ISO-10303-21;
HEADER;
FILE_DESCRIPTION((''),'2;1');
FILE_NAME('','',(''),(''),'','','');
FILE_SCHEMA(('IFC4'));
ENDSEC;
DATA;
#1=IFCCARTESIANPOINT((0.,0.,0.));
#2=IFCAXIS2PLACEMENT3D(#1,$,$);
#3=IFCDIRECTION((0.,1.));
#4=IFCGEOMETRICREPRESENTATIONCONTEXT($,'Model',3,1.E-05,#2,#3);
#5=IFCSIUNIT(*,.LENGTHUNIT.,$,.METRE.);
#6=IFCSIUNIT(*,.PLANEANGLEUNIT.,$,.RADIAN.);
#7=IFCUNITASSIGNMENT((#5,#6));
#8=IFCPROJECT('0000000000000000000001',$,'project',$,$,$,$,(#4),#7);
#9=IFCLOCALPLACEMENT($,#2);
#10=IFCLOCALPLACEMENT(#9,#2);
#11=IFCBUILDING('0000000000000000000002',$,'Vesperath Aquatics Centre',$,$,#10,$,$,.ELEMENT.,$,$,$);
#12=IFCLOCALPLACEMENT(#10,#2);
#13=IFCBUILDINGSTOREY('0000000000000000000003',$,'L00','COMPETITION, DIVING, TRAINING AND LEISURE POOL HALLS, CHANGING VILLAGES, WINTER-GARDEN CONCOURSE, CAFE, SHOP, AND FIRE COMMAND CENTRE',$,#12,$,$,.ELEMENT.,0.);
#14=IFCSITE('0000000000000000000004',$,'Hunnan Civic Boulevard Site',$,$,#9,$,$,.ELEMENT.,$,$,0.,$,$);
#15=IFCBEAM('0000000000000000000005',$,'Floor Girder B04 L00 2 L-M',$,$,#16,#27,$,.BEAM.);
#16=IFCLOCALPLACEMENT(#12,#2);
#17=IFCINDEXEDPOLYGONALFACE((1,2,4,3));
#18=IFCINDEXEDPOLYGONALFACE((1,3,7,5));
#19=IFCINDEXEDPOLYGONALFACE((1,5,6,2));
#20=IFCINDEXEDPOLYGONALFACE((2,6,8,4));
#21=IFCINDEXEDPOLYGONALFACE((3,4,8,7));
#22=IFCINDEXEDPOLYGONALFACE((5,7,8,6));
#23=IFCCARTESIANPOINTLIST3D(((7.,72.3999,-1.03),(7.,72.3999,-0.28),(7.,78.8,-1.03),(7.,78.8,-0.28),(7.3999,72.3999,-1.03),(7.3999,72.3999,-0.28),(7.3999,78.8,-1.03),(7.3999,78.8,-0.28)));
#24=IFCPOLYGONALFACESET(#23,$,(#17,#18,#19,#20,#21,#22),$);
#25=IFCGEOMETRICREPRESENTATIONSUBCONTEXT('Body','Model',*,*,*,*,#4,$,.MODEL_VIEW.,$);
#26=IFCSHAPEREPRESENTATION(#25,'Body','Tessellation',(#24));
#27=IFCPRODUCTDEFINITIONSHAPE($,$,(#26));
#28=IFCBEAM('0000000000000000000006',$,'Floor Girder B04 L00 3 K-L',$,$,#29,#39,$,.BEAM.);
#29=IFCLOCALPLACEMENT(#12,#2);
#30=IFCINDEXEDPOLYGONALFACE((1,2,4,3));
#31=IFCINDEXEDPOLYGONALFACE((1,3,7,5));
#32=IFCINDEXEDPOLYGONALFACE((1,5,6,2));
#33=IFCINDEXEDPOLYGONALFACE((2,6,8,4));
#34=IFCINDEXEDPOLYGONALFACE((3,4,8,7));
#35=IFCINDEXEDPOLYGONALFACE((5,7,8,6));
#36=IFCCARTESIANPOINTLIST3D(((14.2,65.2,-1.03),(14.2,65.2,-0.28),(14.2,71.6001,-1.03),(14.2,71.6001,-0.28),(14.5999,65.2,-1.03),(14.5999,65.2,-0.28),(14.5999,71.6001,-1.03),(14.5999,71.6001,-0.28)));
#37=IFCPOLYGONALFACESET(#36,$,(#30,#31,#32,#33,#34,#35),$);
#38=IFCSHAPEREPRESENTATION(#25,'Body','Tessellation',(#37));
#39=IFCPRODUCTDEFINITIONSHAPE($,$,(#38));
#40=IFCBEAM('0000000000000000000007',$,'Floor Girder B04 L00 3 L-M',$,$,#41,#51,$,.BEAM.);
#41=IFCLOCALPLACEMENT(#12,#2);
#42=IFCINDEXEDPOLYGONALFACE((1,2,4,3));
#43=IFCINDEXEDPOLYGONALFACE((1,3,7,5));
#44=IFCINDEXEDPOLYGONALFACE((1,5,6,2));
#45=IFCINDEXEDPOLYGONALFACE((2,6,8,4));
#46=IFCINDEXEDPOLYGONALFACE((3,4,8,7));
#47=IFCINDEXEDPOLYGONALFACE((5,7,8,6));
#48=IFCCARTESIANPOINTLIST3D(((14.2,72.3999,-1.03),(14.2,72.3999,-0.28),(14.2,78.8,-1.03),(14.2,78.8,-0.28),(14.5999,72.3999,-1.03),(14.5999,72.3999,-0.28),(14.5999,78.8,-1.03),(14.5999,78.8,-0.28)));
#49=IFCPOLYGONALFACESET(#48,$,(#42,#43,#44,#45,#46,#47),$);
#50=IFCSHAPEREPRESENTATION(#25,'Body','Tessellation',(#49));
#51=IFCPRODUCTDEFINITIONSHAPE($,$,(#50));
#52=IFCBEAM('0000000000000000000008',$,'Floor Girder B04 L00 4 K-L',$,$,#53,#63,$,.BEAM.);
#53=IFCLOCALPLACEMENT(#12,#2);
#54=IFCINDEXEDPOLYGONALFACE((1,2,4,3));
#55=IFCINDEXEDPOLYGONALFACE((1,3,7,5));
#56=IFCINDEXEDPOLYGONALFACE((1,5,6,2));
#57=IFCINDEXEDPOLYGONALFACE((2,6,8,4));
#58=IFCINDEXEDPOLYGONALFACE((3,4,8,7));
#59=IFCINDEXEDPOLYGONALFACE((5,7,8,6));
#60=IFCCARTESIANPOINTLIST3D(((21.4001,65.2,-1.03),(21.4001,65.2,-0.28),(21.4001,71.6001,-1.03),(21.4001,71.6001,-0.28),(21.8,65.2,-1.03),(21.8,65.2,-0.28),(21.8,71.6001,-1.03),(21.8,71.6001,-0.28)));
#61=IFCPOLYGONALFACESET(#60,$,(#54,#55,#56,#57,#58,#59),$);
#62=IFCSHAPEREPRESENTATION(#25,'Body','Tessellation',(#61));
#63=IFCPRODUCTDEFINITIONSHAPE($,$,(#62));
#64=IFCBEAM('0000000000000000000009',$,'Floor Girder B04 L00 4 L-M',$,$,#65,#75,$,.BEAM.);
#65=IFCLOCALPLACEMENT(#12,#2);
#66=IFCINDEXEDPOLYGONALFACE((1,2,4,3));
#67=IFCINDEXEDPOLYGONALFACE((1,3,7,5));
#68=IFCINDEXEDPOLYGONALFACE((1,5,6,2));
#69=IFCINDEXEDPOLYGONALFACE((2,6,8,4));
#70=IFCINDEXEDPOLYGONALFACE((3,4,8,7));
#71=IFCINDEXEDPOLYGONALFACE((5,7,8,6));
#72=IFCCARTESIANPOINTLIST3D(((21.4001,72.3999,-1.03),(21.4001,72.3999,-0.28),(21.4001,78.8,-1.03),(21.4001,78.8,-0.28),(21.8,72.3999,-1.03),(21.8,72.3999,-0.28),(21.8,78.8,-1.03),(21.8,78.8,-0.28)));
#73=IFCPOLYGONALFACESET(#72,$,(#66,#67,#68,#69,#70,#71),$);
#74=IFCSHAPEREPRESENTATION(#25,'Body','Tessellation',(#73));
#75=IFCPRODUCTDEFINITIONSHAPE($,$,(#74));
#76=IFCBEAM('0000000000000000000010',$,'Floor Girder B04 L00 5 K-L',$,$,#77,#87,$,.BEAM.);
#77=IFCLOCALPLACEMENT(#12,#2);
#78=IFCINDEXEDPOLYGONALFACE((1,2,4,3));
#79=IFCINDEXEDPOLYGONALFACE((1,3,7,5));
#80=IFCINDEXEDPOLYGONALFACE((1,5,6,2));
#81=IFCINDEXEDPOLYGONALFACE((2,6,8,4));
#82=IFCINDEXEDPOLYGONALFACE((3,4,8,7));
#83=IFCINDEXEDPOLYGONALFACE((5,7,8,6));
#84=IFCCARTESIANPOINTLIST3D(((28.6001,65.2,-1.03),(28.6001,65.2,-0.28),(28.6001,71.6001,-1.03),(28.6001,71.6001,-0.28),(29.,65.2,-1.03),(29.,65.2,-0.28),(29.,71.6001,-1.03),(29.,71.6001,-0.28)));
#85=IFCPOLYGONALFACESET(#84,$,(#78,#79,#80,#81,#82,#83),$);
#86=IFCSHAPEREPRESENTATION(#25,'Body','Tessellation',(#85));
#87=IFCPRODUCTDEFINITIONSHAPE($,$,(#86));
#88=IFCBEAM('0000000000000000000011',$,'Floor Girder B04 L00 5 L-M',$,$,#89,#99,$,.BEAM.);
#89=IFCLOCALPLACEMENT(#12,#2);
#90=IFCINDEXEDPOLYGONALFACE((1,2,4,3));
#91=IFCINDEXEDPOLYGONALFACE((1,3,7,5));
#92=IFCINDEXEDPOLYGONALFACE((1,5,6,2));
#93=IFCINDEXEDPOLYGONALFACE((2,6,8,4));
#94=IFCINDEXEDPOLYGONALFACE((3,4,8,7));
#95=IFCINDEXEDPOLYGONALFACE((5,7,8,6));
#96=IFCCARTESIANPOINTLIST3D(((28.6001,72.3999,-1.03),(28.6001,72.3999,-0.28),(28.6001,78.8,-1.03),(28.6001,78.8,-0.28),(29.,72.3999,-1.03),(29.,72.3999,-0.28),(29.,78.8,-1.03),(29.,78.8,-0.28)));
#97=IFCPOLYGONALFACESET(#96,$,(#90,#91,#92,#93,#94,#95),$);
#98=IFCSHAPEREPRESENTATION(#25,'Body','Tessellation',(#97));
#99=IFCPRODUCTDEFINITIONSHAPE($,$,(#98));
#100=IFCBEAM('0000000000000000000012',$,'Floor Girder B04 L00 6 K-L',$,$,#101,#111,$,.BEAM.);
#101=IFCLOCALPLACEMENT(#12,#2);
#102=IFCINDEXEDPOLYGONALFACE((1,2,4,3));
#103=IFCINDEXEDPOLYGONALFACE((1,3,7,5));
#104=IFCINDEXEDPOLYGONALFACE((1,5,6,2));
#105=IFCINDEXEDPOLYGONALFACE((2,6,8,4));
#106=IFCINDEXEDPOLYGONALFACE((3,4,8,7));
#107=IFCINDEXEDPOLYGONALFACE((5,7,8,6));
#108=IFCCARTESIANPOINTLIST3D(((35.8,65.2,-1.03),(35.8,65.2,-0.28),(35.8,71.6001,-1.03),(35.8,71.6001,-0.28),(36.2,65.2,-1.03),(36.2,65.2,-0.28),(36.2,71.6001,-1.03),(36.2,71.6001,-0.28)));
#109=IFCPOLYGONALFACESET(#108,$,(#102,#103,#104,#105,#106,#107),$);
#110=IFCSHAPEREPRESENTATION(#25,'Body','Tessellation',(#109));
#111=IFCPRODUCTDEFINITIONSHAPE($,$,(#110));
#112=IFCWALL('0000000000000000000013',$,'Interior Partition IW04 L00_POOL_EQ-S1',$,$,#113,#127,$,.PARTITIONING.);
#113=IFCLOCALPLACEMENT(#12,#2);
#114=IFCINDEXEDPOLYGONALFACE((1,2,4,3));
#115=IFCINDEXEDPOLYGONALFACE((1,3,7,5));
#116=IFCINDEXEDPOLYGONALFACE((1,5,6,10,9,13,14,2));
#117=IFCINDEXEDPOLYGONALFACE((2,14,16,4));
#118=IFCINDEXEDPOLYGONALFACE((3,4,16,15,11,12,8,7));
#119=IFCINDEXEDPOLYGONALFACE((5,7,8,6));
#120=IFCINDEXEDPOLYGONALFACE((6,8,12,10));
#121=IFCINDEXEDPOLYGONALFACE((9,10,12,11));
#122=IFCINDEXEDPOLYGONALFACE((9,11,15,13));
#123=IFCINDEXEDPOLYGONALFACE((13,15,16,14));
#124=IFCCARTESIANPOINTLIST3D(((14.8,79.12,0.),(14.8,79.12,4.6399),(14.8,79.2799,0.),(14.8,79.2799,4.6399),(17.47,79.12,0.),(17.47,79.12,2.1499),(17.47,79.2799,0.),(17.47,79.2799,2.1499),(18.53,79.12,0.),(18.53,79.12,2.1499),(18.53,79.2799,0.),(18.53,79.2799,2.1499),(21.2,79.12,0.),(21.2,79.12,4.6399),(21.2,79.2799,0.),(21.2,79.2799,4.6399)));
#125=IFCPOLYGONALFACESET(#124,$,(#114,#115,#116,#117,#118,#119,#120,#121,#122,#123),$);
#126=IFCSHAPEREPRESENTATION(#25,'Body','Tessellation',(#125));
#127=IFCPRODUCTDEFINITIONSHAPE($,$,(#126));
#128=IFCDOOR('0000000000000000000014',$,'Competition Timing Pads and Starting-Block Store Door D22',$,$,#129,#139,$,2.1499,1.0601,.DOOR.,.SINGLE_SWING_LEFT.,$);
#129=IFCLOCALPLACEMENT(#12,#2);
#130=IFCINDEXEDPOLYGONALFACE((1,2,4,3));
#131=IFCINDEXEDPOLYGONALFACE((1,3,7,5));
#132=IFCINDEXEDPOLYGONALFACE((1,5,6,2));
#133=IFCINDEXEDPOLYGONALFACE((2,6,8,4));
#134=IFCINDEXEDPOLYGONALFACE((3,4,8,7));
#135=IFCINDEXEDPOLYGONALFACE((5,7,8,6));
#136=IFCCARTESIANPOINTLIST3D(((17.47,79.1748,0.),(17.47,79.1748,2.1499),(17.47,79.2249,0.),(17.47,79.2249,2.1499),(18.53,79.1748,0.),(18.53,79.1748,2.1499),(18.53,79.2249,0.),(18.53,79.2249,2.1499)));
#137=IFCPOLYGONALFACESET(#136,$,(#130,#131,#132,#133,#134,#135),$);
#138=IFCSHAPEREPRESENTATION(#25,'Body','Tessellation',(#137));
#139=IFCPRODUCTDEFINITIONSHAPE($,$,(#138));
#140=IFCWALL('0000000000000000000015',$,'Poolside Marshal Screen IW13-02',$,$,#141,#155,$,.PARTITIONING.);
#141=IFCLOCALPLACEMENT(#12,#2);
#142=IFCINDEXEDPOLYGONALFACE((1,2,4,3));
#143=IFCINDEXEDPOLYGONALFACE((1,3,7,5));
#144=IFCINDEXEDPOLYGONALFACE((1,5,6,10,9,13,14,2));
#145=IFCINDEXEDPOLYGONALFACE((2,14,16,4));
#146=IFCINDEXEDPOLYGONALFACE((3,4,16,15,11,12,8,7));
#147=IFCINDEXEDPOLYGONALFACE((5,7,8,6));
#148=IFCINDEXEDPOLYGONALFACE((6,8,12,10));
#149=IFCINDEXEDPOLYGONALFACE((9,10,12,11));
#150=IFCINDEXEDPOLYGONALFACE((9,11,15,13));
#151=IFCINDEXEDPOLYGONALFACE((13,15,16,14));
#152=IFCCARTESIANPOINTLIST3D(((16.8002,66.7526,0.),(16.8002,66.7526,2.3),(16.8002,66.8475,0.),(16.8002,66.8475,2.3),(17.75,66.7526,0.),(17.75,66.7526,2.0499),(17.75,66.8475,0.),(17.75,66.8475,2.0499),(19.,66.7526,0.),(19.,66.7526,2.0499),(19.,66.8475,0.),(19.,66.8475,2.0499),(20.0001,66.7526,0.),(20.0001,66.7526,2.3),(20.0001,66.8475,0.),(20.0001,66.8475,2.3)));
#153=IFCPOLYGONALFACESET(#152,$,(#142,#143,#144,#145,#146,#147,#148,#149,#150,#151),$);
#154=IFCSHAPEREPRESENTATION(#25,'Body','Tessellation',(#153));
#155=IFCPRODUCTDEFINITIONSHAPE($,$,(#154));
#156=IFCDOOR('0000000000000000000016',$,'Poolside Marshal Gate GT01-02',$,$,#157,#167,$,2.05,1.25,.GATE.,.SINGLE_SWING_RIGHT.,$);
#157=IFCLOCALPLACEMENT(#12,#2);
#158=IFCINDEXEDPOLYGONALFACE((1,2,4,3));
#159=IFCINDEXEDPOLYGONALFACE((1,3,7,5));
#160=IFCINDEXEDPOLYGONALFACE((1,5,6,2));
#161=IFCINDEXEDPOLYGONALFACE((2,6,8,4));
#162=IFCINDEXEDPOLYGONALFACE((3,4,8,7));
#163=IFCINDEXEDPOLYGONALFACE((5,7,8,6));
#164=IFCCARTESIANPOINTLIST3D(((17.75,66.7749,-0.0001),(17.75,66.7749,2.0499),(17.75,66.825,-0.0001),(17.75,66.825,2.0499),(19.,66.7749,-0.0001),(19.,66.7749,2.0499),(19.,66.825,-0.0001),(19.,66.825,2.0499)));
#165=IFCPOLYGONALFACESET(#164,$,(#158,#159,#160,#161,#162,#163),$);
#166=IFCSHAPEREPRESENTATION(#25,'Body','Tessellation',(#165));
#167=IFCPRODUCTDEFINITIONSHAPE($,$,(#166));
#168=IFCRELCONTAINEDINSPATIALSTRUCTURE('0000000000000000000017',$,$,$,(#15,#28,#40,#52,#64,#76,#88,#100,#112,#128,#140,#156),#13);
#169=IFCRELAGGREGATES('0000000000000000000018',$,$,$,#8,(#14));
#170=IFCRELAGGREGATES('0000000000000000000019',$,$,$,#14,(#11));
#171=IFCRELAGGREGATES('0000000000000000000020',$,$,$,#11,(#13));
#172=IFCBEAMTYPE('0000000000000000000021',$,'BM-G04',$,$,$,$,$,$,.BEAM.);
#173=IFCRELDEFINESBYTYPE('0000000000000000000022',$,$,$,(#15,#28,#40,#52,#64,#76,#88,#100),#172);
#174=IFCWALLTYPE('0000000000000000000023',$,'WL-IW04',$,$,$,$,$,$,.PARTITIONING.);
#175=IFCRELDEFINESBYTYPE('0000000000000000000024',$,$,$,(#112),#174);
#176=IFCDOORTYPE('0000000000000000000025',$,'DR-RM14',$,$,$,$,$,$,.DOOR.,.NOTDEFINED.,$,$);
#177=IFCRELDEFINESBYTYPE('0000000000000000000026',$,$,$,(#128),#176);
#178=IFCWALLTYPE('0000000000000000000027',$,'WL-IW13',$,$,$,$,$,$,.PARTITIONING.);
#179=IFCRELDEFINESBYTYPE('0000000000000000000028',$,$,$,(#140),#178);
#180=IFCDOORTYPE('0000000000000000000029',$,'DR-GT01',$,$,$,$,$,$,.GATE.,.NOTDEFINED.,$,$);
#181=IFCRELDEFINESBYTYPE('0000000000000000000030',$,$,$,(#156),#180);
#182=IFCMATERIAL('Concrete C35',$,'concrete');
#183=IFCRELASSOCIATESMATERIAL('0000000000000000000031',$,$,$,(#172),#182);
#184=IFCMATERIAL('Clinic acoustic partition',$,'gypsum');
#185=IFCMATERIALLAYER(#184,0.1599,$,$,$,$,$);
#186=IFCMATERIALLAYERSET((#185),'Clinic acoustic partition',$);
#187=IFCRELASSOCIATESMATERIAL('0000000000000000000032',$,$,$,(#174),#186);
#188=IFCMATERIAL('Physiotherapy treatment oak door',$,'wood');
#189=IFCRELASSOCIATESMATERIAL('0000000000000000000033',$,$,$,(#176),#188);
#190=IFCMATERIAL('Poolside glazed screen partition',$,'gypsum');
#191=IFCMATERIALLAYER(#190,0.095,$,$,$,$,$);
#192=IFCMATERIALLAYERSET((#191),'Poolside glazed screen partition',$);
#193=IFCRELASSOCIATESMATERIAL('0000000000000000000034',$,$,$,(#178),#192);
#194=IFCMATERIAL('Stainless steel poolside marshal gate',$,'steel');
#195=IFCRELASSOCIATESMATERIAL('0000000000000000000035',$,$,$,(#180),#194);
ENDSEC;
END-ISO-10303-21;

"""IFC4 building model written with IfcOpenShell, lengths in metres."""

from ifc_helpers import new_model, si_unit, direction, frame, frame_2d, origin, origin_2d, place, context, subcontext, project, spatial, rectangle, extrude, material, layer, layer_set, material_profile, profile_set, type_object, element, fill, save


model = new_model("IFC4")

# Units and contexts
model_context = context("Model", 3, precision=1e-05, world=origin(), true_north=direction((0.0, 1.0)))
body_context = subcontext(model_context, "Body", "Model", "MODEL_VIEW")
ifc_project = project(units=[si_unit("LENGTHUNIT", "METRE"), si_unit("PLANEANGLEUNIT", "RADIAN")], contexts=[model_context])

# Site, building, storey
site_placement = place(None, origin())
site = spatial("IfcSite", under=ifc_project, at=site_placement, Name="Hunnan Civic Boulevard Site", CompositionType="ELEMENT", RefElevation=0.0)
building_placement = place(site_placement, origin())
building = spatial("IfcBuilding", under=site, at=building_placement, Name="Vesperath Aquatics Centre", CompositionType="ELEMENT")
storey_placement = place(building_placement, origin())
storey = spatial("IfcBuildingStorey", under=building, at=storey_placement, Name="L00", Description="COMPETITION, DIVING, TRAINING AND LEISURE POOL HALLS, CHANGING VILLAGES, WINTER-GARDEN CONCOURSE, CAFE, SHOP, AND FIRE COMMAND CENTRE", CompositionType="ELEMENT", Elevation=0.0)

# Shared definitions
ifc_material_1 = material(Name="Concrete C35", Category="concrete")

# Beams
ifc_material_profile_1 = material_profile(ifc_material_1, rectangle(XDim=0.3999, YDim=0.75, at=origin_2d()), Name="RC 400x750")
ifc_profile_set_1 = profile_set([ifc_material_profile_1], Name="Concrete C35")
beam_type_1 = type_object("IfcBeamType", Name="BM-G04", PredefinedType="BEAM", material=ifc_profile_set_1)
for number, where, z_axis, x_axis, name in (
    (1, (7.2, 72.3999, -0.655), (0.0, 1.0, 0.0), (-1.0, 0.0, 0.0), "Floor Girder B04 L00 2 L-M"),
    (2, (14.3999, 65.2, -0.655), (0.0, 1.0, 0.0), (-1.0, 0.0, 0.0), "Floor Girder B04 L00 3 K-L"),
    (3, (14.3999, 72.3999, -0.655), (0.0, 1.0, 0.0), (-1.0, 0.0, 0.0), "Floor Girder B04 L00 3 L-M"),
    (4, (21.6001, 65.2, -0.655), (0.0, 1.0, 0.0), (-1.0, 0.0, 0.0), "Floor Girder B04 L00 4 K-L"),
    (5, (21.6001, 72.3999, -0.655), (0.0, 1.0, 0.0), (-1.0, 0.0, 0.0), "Floor Girder B04 L00 4 L-M"),
    (6, (28.8, 65.2, -0.655), (0.0, 1.0, 0.0), (-1.0, 0.0, 0.0), "Floor Girder B04 L00 5 K-L"),
    (7, (28.8, 72.3999, -0.655), (0.0, 1.0, 0.0), (-1.0, 0.0, 0.0), "Floor Girder B04 L00 5 L-M"),
    (8, (36.0, 65.2, -0.655), (0.0, 1.0, 0.0), (-1.0, 0.0, 0.0), "Floor Girder B04 L00 6 K-L"),
):
    element("IfcBeam", number, at=place(storey_placement, frame(where, z_axis=z_axis, x_axis=x_axis)), inside=storey, type_object=beam_type_1, Name=name, PredefinedType="BEAM", context=body_context, shape_type="SweptSolid", body=[
        extrude(rectangle(XDim=0.3999, YDim=0.75, at=origin_2d()), origin(), (0.0, 0.0, 1.0), 6.4001),
    ])

# Walls, openings, doors
ifc_material_2 = material(Name="Clinic acoustic partition", Category="gypsum")
ifc_layer_1 = layer(ifc_material_2, 0.1599)
ifc_layer_set_1 = layer_set([ifc_layer_1], Name="Clinic acoustic partition")
wall_type_1 = type_object("IfcWallType", Name="WL-IW04", PredefinedType="PARTITIONING", material=ifc_layer_set_1)
wall_1_placement = place(storey_placement, frame((14.8, 79.2, 0.0), z_axis=(0.0, 0.0, 1.0), x_axis=(1.0, 0.0, 0.0)))
wall_1 = element("IfcWall", 9, at=wall_1_placement, inside=storey, type_object=wall_type_1, Name="Interior Partition IW04 L00_POOL_EQ-S1", PredefinedType="PARTITIONING", context=body_context, shape_type="SweptSolid", body=[
    extrude(rectangle(XDim=6.3999, YDim=0.1599, at=frame_2d((3.2, 0.0))), origin(), (0.0, 0.0, 1.0), 4.6399),
])
opening_1_placement = place(wall_1_placement, frame((2.6699, 0.0, 0.0)))
opening_1 = element("IfcOpeningElement", 10, at=opening_1_placement, cuts=wall_1, PredefinedType="OPENING", context=body_context, shape_type="SweptSolid", body=[
    extrude(rectangle(XDim=1.0601, YDim=2.1499, at=frame_2d((0.53, 1.075))), frame((0.0, 0.0947, 0.0), z_axis=(0.0, -1.0, 0.0), x_axis=(1.0, 0.0, 0.0)), (0.0, 0.0, 1.0), 0.1897),
])
ifc_material_3 = material(Name="Physiotherapy treatment oak door", Category="wood")
door_type_1 = type_object("IfcDoorType", Name="DR-RM14", OperationType="NOTDEFINED", PredefinedType="DOOR", material=ifc_material_3)
door_1_placement = place(opening_1_placement, origin())
door_1 = element("IfcDoor", 11, at=door_1_placement, inside=storey, type_object=door_type_1, Name="Competition Timing Pads and Starting-Block Store Door D22", OperationType="SINGLE_SWING_LEFT", OverallHeight=2.1499, OverallWidth=1.0601, PredefinedType="DOOR", context=body_context, shape_type="SweptSolid", body=[
    extrude(rectangle(XDim=1.0601, YDim=2.1499, at=frame_2d((0.53, 1.075))), frame((0.0, 0.0249, 0.0), z_axis=(0.0, -1.0, 0.0), x_axis=(1.0, 0.0, 0.0)), (0.0, 0.0, 1.0), 0.05),
])
fill(opening_1, door_1)
ifc_material_4 = material(Name="Poolside glazed screen partition", Category="gypsum")
ifc_layer_2 = layer(ifc_material_4, 0.095)
ifc_layer_set_2 = layer_set([ifc_layer_2], Name="Poolside glazed screen partition")
wall_type_2 = type_object("IfcWallType", Name="WL-IW13", PredefinedType="PARTITIONING", material=ifc_layer_set_2)
wall_2_placement = place(storey_placement, frame((16.8, 66.8, 0.0), z_axis=(0.0, 0.0, 1.0), x_axis=(1.0, 0.0, 0.0)))
wall_2 = element("IfcWall", 12, at=wall_2_placement, inside=storey, type_object=wall_type_2, Name="Poolside Marshal Screen IW13-02", PredefinedType="PARTITIONING", context=body_context, shape_type="SweptSolid", body=[
    extrude(rectangle(XDim=3.2, YDim=0.095, at=frame_2d((1.6001, 0.0))), origin(), (0.0, 0.0, 1.0), 2.3),
])
opening_2_placement = place(wall_2_placement, frame((0.95, 0.0, 0.0)))
opening_2 = element("IfcOpeningElement", 13, at=opening_2_placement, cuts=wall_2, PredefinedType="OPENING", context=body_context, shape_type="SweptSolid", body=[
    extrude(rectangle(XDim=1.25, YDim=2.05, at=frame_2d((0.625, 1.0249))), frame((0.0, 0.0625, 0.0), z_axis=(0.0, -1.0, 0.0), x_axis=(1.0, 0.0, 0.0)), (0.0, 0.0, 1.0), 0.1248),
])
ifc_material_5 = material(Name="Stainless steel poolside marshal gate", Category="steel")
door_type_2 = type_object("IfcDoorType", Name="DR-GT01", OperationType="NOTDEFINED", PredefinedType="GATE", material=ifc_material_5)
door_2_placement = place(opening_2_placement, origin())
door_2 = element("IfcDoor", 14, at=door_2_placement, inside=storey, type_object=door_type_2, Name="Poolside Marshal Gate GT01-02", OperationType="SINGLE_SWING_RIGHT", OverallHeight=2.05, OverallWidth=1.25, PredefinedType="GATE", context=body_context, shape_type="SweptSolid", body=[
    extrude(rectangle(XDim=1.25, YDim=2.05, at=frame_2d((0.625, 1.0249))), frame((0.0, 0.0249, 0.0), z_axis=(0.0, -1.0, 0.0), x_axis=(1.0, 0.0, 0.0)), (0.0, 0.0, 1.0), 0.05),
])
fill(opening_2, door_2)

save(model, "model.ifc")
